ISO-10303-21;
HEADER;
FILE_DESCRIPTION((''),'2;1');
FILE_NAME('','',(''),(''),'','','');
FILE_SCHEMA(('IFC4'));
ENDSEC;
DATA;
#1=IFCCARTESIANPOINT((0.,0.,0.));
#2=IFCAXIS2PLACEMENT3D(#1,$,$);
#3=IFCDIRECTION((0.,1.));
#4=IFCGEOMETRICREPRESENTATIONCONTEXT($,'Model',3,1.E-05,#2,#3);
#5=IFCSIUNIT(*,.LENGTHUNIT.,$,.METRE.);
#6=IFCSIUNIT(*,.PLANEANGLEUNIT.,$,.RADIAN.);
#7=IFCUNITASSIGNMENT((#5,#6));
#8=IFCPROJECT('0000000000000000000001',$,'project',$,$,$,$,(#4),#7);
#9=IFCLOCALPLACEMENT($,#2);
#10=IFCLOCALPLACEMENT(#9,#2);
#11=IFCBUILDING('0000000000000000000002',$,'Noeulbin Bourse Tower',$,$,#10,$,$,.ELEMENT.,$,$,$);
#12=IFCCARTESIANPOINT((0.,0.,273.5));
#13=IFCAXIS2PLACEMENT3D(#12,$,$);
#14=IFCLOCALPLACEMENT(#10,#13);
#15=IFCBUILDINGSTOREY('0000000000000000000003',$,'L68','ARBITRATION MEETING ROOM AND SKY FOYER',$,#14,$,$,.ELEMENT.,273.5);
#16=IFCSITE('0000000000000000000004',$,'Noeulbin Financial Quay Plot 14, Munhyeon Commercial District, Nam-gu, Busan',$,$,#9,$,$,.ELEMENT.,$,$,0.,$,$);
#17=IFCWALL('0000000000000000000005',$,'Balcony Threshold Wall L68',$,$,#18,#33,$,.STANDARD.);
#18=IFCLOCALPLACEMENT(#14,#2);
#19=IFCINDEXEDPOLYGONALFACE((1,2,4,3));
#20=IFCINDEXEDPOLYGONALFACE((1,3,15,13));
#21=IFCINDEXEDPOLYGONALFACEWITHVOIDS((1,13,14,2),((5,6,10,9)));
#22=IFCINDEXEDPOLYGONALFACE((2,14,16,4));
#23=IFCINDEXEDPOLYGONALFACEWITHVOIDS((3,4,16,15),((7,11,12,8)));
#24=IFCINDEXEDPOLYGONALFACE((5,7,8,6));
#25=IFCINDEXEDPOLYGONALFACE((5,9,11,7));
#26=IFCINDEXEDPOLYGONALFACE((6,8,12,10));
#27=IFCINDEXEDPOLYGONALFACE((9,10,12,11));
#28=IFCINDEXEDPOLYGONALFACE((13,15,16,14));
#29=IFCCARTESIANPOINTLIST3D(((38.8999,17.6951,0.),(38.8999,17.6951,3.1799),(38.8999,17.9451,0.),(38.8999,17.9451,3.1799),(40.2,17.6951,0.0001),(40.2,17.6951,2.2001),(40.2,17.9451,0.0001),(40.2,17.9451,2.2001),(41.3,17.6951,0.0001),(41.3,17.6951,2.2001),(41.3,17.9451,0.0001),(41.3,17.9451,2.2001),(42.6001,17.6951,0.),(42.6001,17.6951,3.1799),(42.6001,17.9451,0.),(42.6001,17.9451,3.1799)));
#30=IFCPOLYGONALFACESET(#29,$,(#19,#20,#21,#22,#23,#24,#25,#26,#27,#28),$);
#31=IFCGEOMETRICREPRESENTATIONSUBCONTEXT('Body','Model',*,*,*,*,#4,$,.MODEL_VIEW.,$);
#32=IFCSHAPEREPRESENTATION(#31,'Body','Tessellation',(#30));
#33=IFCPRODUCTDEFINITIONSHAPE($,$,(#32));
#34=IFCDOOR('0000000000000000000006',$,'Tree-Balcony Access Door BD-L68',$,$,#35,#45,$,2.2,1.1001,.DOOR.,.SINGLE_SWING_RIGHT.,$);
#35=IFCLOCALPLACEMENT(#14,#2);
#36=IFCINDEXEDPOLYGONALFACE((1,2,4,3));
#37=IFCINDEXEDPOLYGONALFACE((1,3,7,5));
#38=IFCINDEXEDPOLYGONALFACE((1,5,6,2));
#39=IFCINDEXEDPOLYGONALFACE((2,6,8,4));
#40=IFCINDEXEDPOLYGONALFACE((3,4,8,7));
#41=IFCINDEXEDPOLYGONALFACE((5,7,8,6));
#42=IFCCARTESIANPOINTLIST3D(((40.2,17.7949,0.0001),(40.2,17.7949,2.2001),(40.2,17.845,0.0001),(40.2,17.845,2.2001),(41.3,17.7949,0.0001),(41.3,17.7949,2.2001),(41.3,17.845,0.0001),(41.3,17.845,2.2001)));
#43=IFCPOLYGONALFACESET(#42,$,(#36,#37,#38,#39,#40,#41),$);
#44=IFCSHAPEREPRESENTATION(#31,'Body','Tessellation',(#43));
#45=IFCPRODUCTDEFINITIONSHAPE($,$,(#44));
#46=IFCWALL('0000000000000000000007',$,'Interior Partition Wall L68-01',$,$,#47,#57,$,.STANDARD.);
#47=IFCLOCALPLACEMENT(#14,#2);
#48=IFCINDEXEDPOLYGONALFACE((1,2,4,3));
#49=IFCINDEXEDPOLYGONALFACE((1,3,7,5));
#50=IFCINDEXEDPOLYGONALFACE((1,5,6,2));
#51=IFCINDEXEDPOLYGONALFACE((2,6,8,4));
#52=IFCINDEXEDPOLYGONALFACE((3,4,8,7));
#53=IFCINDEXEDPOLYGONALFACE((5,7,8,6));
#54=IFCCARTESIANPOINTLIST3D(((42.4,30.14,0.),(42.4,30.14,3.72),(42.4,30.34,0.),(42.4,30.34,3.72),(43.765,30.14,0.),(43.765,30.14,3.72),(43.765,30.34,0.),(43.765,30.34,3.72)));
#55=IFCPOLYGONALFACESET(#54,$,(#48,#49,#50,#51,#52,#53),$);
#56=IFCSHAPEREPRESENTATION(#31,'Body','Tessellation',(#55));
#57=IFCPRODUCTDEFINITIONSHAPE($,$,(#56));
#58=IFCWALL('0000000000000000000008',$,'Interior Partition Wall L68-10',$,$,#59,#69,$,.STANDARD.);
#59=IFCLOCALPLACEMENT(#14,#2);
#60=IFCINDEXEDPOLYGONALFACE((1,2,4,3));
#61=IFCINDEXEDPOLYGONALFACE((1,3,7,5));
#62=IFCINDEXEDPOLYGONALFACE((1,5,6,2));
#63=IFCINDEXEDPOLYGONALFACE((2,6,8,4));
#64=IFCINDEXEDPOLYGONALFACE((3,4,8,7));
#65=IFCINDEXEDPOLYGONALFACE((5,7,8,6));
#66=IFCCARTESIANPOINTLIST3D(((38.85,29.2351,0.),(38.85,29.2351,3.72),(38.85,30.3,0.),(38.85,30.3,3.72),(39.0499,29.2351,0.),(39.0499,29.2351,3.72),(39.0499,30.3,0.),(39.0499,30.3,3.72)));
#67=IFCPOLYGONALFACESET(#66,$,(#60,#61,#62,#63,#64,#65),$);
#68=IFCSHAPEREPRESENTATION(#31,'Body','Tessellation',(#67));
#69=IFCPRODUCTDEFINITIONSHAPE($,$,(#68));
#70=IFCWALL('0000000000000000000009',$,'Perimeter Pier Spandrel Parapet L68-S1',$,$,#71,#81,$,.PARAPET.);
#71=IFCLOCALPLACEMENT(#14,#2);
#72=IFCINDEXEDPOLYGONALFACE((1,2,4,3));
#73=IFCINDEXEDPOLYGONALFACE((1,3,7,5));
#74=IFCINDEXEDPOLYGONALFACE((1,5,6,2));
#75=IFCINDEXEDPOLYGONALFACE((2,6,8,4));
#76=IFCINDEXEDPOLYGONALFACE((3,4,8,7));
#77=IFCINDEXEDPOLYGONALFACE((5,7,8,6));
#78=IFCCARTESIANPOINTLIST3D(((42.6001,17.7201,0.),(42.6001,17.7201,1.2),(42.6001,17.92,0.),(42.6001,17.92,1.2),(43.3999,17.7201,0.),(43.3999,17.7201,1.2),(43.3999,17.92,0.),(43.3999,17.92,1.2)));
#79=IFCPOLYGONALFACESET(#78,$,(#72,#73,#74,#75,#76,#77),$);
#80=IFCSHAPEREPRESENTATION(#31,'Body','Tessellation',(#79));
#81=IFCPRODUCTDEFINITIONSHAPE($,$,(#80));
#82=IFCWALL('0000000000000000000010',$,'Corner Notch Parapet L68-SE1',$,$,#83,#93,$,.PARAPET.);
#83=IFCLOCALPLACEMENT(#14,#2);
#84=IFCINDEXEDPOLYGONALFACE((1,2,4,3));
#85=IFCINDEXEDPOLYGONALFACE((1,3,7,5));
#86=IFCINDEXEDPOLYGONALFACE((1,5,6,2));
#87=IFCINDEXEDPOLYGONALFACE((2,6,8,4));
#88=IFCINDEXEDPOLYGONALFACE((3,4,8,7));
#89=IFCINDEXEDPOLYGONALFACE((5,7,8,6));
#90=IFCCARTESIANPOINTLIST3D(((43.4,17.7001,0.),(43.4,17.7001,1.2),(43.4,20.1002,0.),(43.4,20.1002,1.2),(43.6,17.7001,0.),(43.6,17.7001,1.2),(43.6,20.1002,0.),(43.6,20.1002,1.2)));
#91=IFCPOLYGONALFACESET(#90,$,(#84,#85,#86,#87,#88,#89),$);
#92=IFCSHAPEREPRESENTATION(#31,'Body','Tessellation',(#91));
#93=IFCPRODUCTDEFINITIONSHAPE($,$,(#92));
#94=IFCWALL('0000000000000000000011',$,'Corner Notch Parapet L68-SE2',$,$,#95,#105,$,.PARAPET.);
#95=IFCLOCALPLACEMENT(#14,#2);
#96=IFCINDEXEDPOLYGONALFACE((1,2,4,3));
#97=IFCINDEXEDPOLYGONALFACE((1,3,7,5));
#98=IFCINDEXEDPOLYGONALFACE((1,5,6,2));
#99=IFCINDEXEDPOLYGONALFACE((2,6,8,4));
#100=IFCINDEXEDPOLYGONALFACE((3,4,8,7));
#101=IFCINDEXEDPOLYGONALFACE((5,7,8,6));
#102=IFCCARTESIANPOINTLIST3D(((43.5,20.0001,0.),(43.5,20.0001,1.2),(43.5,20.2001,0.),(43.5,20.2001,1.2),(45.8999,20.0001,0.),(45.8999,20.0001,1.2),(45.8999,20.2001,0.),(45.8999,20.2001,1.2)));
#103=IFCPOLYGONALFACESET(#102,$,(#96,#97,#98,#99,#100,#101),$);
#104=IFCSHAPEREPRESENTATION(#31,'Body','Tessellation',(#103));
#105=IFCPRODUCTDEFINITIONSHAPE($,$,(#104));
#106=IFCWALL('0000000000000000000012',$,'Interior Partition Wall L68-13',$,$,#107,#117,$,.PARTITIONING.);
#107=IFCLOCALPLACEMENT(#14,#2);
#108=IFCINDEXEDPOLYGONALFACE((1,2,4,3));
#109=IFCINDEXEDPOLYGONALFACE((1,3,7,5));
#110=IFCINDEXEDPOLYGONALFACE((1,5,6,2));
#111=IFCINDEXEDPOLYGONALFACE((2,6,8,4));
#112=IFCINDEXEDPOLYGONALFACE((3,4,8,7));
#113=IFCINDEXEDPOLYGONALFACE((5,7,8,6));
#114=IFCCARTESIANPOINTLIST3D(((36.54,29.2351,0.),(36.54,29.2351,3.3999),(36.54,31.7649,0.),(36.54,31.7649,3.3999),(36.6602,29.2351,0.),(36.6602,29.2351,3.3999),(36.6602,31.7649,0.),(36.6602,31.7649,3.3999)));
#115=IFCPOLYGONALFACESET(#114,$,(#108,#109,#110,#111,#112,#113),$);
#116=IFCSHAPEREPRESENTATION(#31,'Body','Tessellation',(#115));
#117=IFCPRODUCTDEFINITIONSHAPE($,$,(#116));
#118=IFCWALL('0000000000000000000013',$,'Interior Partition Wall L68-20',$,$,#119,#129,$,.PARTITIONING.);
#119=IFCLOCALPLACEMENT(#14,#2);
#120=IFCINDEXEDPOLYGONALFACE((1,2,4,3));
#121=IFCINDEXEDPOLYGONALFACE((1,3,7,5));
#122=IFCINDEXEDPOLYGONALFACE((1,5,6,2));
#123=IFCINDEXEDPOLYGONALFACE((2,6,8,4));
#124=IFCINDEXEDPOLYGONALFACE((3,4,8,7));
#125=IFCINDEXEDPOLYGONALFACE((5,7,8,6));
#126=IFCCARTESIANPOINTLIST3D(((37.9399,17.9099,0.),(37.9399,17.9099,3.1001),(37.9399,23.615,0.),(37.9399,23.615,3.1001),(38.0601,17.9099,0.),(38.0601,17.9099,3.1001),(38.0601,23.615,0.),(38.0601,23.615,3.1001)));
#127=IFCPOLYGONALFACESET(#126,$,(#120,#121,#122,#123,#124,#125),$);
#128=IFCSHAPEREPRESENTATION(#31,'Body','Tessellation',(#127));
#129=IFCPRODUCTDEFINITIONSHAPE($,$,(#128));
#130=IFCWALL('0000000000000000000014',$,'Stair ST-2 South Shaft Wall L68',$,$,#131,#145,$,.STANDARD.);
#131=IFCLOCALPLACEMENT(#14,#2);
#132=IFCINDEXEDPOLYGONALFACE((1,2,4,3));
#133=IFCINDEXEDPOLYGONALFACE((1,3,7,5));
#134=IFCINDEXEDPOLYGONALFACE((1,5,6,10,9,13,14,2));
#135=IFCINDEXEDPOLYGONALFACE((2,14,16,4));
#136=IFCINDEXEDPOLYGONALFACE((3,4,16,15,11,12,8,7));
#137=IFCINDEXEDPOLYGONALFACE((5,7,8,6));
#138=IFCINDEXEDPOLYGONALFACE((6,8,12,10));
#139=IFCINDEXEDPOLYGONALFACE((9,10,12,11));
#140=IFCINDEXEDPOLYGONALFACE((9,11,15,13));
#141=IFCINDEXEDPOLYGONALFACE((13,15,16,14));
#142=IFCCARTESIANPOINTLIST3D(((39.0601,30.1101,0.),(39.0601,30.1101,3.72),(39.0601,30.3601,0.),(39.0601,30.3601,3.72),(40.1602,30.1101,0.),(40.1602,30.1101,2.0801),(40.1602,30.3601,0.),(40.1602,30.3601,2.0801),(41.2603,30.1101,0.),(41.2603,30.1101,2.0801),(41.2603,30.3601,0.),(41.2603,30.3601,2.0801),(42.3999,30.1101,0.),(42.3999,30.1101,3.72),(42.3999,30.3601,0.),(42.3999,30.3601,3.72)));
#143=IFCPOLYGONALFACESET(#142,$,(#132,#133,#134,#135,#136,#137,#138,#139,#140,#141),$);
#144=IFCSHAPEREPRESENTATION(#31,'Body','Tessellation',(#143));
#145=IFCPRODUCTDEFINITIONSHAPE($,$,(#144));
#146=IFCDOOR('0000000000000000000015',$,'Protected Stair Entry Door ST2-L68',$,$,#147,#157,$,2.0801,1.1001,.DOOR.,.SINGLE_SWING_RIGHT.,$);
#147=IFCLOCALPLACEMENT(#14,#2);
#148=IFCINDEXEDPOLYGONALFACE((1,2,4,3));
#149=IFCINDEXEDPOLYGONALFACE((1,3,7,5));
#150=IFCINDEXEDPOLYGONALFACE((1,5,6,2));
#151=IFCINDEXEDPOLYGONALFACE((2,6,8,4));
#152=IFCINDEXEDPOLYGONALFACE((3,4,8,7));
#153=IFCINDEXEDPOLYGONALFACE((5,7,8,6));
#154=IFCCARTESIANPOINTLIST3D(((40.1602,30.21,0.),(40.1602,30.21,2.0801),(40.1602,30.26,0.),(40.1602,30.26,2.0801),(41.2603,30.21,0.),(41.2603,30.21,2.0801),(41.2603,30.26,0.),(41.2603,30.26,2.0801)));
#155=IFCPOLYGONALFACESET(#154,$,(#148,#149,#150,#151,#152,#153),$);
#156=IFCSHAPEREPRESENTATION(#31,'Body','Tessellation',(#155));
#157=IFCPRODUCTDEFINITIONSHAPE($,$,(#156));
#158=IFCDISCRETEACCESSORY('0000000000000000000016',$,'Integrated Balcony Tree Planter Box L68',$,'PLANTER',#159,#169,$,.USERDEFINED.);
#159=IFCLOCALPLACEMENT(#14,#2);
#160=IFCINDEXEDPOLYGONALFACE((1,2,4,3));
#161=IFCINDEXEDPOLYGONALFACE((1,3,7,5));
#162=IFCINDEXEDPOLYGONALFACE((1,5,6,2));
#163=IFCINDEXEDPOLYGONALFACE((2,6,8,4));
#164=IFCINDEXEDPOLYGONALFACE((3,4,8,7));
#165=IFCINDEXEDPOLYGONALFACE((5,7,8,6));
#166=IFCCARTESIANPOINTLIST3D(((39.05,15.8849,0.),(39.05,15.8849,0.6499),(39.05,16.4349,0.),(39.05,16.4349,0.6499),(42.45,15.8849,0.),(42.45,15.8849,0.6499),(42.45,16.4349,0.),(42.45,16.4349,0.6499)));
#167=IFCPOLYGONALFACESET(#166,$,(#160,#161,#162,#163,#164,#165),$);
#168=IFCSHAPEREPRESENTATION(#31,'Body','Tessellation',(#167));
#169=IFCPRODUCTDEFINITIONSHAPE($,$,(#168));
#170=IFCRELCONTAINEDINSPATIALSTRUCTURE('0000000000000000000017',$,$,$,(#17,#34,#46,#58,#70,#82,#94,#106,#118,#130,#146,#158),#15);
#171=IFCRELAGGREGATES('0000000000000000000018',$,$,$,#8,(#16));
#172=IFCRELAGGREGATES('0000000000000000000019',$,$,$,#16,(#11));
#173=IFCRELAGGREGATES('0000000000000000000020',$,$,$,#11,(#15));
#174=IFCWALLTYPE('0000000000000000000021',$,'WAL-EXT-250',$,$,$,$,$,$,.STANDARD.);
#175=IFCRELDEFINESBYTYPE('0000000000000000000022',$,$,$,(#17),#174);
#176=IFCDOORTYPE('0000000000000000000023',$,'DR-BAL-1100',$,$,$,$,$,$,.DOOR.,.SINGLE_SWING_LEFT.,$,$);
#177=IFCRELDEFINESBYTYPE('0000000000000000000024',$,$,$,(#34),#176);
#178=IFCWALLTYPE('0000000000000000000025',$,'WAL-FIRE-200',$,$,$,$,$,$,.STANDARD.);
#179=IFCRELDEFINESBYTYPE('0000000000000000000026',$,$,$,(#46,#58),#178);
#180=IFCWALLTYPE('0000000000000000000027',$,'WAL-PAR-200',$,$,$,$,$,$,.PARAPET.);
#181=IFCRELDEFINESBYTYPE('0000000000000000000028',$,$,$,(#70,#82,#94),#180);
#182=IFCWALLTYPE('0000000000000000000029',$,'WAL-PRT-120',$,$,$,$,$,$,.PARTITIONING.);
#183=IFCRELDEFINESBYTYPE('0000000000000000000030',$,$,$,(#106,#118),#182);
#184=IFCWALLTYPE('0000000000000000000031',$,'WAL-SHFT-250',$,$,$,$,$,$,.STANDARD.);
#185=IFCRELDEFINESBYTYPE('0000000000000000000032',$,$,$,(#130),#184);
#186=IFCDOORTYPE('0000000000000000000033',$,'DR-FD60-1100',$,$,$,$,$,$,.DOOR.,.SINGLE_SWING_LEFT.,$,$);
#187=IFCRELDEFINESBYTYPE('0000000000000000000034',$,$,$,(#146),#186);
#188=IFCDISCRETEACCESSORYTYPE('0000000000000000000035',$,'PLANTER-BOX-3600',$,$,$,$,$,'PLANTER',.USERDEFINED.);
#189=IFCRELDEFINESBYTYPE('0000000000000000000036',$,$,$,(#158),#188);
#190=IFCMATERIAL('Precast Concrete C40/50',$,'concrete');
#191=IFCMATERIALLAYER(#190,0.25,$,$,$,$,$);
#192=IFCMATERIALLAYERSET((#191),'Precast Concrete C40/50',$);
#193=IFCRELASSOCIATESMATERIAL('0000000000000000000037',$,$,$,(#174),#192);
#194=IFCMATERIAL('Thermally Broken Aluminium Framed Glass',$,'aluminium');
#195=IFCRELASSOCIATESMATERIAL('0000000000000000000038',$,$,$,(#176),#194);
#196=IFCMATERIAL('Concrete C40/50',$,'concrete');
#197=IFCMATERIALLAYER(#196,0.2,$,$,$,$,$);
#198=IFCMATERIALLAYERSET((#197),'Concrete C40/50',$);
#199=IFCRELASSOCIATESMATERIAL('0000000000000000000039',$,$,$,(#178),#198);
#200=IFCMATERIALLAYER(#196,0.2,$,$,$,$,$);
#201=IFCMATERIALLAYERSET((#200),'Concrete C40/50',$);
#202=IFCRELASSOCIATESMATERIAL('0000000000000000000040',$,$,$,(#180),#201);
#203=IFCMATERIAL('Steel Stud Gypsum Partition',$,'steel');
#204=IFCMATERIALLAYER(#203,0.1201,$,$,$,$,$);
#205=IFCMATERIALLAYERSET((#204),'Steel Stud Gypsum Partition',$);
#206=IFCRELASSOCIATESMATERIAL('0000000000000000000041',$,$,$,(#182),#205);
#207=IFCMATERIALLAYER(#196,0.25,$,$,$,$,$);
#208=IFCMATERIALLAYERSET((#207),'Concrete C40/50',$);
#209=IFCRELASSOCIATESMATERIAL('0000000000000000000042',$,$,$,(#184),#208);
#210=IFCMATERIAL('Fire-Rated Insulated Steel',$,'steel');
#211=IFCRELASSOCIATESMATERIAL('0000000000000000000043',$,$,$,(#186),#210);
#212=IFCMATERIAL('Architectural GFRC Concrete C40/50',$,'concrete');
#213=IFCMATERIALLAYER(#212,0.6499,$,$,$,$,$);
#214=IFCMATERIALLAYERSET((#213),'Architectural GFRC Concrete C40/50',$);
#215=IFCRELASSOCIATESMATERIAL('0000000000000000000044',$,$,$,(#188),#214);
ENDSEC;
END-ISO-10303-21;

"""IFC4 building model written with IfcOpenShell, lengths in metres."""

from ifc_helpers import new_model, si_unit, direction, frame, frame_2d, origin, origin_2d, place, context, subcontext, project, spatial, rectangle, extrude, material, layer, layer_set, type_object, element, fill, save


model = new_model("IFC4")

# Units and contexts
model_context = context("Model", 3, precision=1e-05, world=origin(), true_north=direction((0.0, 1.0)))
body_context = subcontext(model_context, "Body", "Model", "MODEL_VIEW")
ifc_project = project(units=[si_unit("LENGTHUNIT", "METRE"), si_unit("PLANEANGLEUNIT", "RADIAN")], contexts=[model_context])

# Site, building, storey
site_placement = place(None, origin())
site = spatial("IfcSite", under=ifc_project, at=site_placement, Name="Noeulbin Financial Quay Plot 14, Munhyeon Commercial District, Nam-gu, Busan", CompositionType="ELEMENT", RefElevation=0.0)
building_placement = place(site_placement, origin())
building = spatial("IfcBuilding", under=site, at=building_placement, Name="Noeulbin Bourse Tower", CompositionType="ELEMENT")
storey_placement = place(building_placement, frame((0.0, 0.0, 273.5)))
storey = spatial("IfcBuildingStorey", under=building, at=storey_placement, Name="L68", Description="ARBITRATION MEETING ROOM AND SKY FOYER", CompositionType="ELEMENT", Elevation=273.5)

# Wall, opening, door
ifc_material_1 = material(Name="Precast Concrete C40/50", Category="concrete")
ifc_layer_1 = layer(ifc_material_1, 0.25)
ifc_layer_set_1 = layer_set([ifc_layer_1], Name="Precast Concrete C40/50")
wall_type_1 = type_object("IfcWallType", Name="WAL-EXT-250", PredefinedType="STANDARD", material=ifc_layer_set_1)
wall_1_placement = place(storey_placement, frame((38.8999, 17.8201, 0.0), z_axis=(0.0, 0.0, 1.0), x_axis=(1.0, 0.0, 0.0)))
wall_1 = element("IfcWall", 1, at=wall_1_placement, inside=storey, type_object=wall_type_1, Name="Balcony Threshold Wall L68", PredefinedType="STANDARD", context=body_context, shape_type="SweptSolid", body=[
    extrude(rectangle(XDim=3.7002, YDim=0.25, at=frame_2d((1.8501, 0.0))), origin(), (0.0, 0.0, 1.0), 3.1799),
])
opening_1_placement = place(wall_1_placement, frame((1.3, 0.0, 0.0)))
opening_1 = element("IfcOpeningElement", 2, at=opening_1_placement, cuts=wall_1, PredefinedType="OPENING", context=body_context, shape_type="SweptSolid", body=[
    extrude(rectangle(XDim=1.1001, YDim=2.2, at=frame_2d((0.55, 1.1001))), frame((0.0, 0.135, 0.0), z_axis=(0.0, -1.0, 0.0), x_axis=(1.0, 0.0, 0.0)), (0.0, 0.0, 1.0), 0.27),
])
ifc_material_2 = material(Name="Thermally Broken Aluminium Framed Glass", Category="aluminium")
door_type_1 = type_object("IfcDoorType", Name="DR-BAL-1100", OperationType="SINGLE_SWING_LEFT", PredefinedType="DOOR", material=ifc_material_2)
door_1_placement = place(opening_1_placement, origin())
door_1 = element("IfcDoor", 3, at=door_1_placement, inside=storey, type_object=door_type_1, Name="Tree-Balcony Access Door BD-L68", OperationType="SINGLE_SWING_RIGHT", OverallHeight=2.2, OverallWidth=1.1001, PredefinedType="DOOR", context=body_context, shape_type="SweptSolid", body=[
    extrude(rectangle(XDim=1.1001, YDim=2.2, at=frame_2d((0.55, 1.1001))), frame((0.0, 0.0249, 0.0), z_axis=(0.0, -1.0, 0.0), x_axis=(1.0, 0.0, 0.0)), (0.0, 0.0, 1.0), 0.05),
])
fill(opening_1, door_1)

# Walls
ifc_material_3 = material(Name="Concrete C40/50", Category="concrete")
ifc_layer_2 = layer(ifc_material_3, 0.2)
ifc_layer_set_2 = layer_set([ifc_layer_2], Name="Concrete C40/50")
wall_type_2 = type_object("IfcWallType", Name="WAL-FIRE-200", PredefinedType="STANDARD", material=ifc_layer_set_2)
wall_2_placement = place(storey_placement, frame((42.3999, 30.24, 0.0), z_axis=(0.0, 0.0, 1.0), x_axis=(1.0, 0.0, 0.0)))
element("IfcWall", 4, at=wall_2_placement, inside=storey, type_object=wall_type_2, Name="Interior Partition Wall L68-01", PredefinedType="STANDARD", context=body_context, shape_type="SweptSolid", body=[
    extrude(rectangle(XDim=1.365, YDim=0.2, at=frame_2d((0.6826, 0.0))), origin(), (0.0, 0.0, 1.0), 3.72),
])
wall_3_placement = place(storey_placement, frame((38.95, 29.2351, 0.0), z_axis=(0.0, 0.0, 1.0), x_axis=(0.0, 1.0, 0.0)))
element("IfcWall", 5, at=wall_3_placement, inside=storey, type_object=wall_type_2, Name="Interior Partition Wall L68-10", PredefinedType="STANDARD", context=body_context, shape_type="SweptSolid", body=[
    extrude(rectangle(XDim=1.0649, YDim=0.2, at=frame_2d((0.5325, 0.0))), origin(), (0.0, 0.0, 1.0), 3.72),
])
ifc_layer_3 = layer(ifc_material_3, 0.2)
ifc_layer_set_3 = layer_set([ifc_layer_3], Name="Concrete C40/50")
wall_type_3 = type_object("IfcWallType", Name="WAL-PAR-200", PredefinedType="PARAPET", material=ifc_layer_set_3)
wall_4_placement = place(storey_placement, frame((42.6001, 17.8201, 0.0), z_axis=(0.0, 0.0, 1.0), x_axis=(1.0, 0.0, 0.0)))
element("IfcWall", 6, at=wall_4_placement, inside=storey, type_object=wall_type_3, Name="Perimeter Pier Spandrel Parapet L68-S1", PredefinedType="PARAPET", context=body_context, shape_type="SweptSolid", body=[
    extrude(rectangle(XDim=0.7998, YDim=0.2, at=frame_2d((0.3999, 0.0))), origin(), (0.0, 0.0, 1.0), 1.2),
])
wall_5_placement = place(storey_placement, frame((43.5, 17.7, 0.0), z_axis=(0.0, 0.0, 1.0), x_axis=(0.0, 1.0, 0.0)))
element("IfcWall", 7, at=wall_5_placement, inside=storey, type_object=wall_type_3, Name="Corner Notch Parapet L68-SE1", PredefinedType="PARAPET", context=body_context, shape_type="SweptSolid", body=[
    extrude(rectangle(XDim=2.4001, YDim=0.2, at=frame_2d((1.2002, 0.0))), origin(), (0.0, 0.0, 1.0), 1.2),
])
wall_6_placement = place(storey_placement, frame((43.5, 20.1001, 0.0), z_axis=(0.0, 0.0, 1.0), x_axis=(1.0, 0.0, 0.0)))
element("IfcWall", 8, at=wall_6_placement, inside=storey, type_object=wall_type_3, Name="Corner Notch Parapet L68-SE2", PredefinedType="PARAPET", context=body_context, shape_type="SweptSolid", body=[
    extrude(rectangle(XDim=2.3999, YDim=0.2, at=frame_2d((1.2, 0.0))), origin(), (0.0, 0.0, 1.0), 1.2),
])
ifc_material_4 = material(Name="Steel Stud Gypsum Partition", Category="steel")
ifc_layer_4 = layer(ifc_material_4, 0.1201)
ifc_layer_set_4 = layer_set([ifc_layer_4], Name="Steel Stud Gypsum Partition")
wall_type_4 = type_object("IfcWallType", Name="WAL-PRT-120", PredefinedType="PARTITIONING", material=ifc_layer_set_4)
wall_7_placement = place(storey_placement, frame((36.6001, 29.2351, 0.0), z_axis=(0.0, 0.0, 1.0), x_axis=(0.0, 1.0, 0.0)))
element("IfcWall", 9, at=wall_7_placement, inside=storey, type_object=wall_type_4, Name="Interior Partition Wall L68-13", PredefinedType="PARTITIONING", context=body_context, shape_type="SweptSolid", body=[
    extrude(rectangle(XDim=2.5298, YDim=0.1201, at=frame_2d((1.2649, 0.0))), origin(), (0.0, 0.0, 1.0), 3.3999),
])
wall_8_placement = place(storey_placement, frame((38.0, 17.9099, 0.0), z_axis=(0.0, 0.0, 1.0), x_axis=(0.0, 1.0, 0.0)))
element("IfcWall", 10, at=wall_8_placement, inside=storey, type_object=wall_type_4, Name="Interior Partition Wall L68-20", PredefinedType="PARTITIONING", context=body_context, shape_type="SweptSolid", body=[
    extrude(rectangle(XDim=5.7051, YDim=0.1201, at=frame_2d((2.8525, 0.0))), origin(), (0.0, 0.0, 1.0), 3.1001),
])

# Wall, opening, door
ifc_layer_5 = layer(ifc_material_3, 0.25)
ifc_layer_set_5 = layer_set([ifc_layer_5], Name="Concrete C40/50")
wall_type_5 = type_object("IfcWallType", Name="WAL-SHFT-250", PredefinedType="STANDARD", material=ifc_layer_set_5)
wall_9_placement = place(storey_placement, frame((39.0601, 30.2351, 0.0), z_axis=(0.0, 0.0, 1.0), x_axis=(1.0, 0.0, 0.0)))
wall_9 = element("IfcWall", 11, at=wall_9_placement, inside=storey, type_object=wall_type_5, Name="Stair ST-2 South Shaft Wall L68", PredefinedType="STANDARD", context=body_context, shape_type="SweptSolid", body=[
    extrude(rectangle(XDim=3.3398, YDim=0.25, at=frame_2d((1.6699, 0.0))), origin(), (0.0, 0.0, 1.0), 3.72),
])
opening_2_placement = place(wall_9_placement, frame((1.1001, 0.0, 0.0)))
opening_2 = element("IfcOpeningElement", 12, at=opening_2_placement, cuts=wall_9, PredefinedType="OPENING", context=body_context, shape_type="SweptSolid", body=[
    extrude(rectangle(XDim=1.1001, YDim=2.0801, at=frame_2d((0.55, 1.04))), frame((0.0, 0.135, 0.0), z_axis=(0.0, -1.0, 0.0), x_axis=(1.0, 0.0, 0.0)), (0.0, 0.0, 1.0), 0.27),
])
ifc_material_5 = material(Name="Fire-Rated Insulated Steel", Category="steel")
door_type_2 = type_object("IfcDoorType", Name="DR-FD60-1100", OperationType="SINGLE_SWING_LEFT", PredefinedType="DOOR", material=ifc_material_5)
door_2_placement = place(opening_2_placement, origin())
door_2 = element("IfcDoor", 13, at=door_2_placement, inside=storey, type_object=door_type_2, Name="Protected Stair Entry Door ST2-L68", OperationType="SINGLE_SWING_RIGHT", OverallHeight=2.0801, OverallWidth=1.1001, PredefinedType="DOOR", context=body_context, shape_type="SweptSolid", body=[
    extrude(rectangle(XDim=1.1001, YDim=2.0801, at=frame_2d((0.55, 1.04))), frame((0.0, 0.0249, 0.0), z_axis=(0.0, -1.0, 0.0), x_axis=(1.0, 0.0, 0.0)), (0.0, 0.0, 1.0), 0.05),
])
fill(opening_2, door_2)

# Discrete accessory
ifc_material_6 = material(Name="Architectural GFRC Concrete C40/50", Category="concrete")
ifc_layer_6 = layer(ifc_material_6, 0.6499)
ifc_layer_set_6 = layer_set([ifc_layer_6], Name="Architectural GFRC Concrete C40/50")
discrete_accessory_type = type_object("IfcDiscreteAccessoryType", Name="PLANTER-BOX-3600", ElementType="PLANTER", PredefinedType="USERDEFINED", material=ifc_layer_set_6)
discrete_accessory_placement = place(storey_placement, frame((40.75, 16.1599, 0.0), z_axis=(0.0, 0.0, 1.0), x_axis=(1.0, 0.0, 0.0)))
element("IfcDiscreteAccessory", 14, at=discrete_accessory_placement, inside=storey, type_object=discrete_accessory_type, Name="Integrated Balcony Tree Planter Box L68", ObjectType="PLANTER", PredefinedType="USERDEFINED", context=body_context, shape_type="SweptSolid", body=[
    extrude(rectangle(XDim=3.3999, YDim=0.55, at=origin_2d()), origin(), (0.0, 0.0, 1.0), 0.6499),
])

save(model, "model.ifc")
